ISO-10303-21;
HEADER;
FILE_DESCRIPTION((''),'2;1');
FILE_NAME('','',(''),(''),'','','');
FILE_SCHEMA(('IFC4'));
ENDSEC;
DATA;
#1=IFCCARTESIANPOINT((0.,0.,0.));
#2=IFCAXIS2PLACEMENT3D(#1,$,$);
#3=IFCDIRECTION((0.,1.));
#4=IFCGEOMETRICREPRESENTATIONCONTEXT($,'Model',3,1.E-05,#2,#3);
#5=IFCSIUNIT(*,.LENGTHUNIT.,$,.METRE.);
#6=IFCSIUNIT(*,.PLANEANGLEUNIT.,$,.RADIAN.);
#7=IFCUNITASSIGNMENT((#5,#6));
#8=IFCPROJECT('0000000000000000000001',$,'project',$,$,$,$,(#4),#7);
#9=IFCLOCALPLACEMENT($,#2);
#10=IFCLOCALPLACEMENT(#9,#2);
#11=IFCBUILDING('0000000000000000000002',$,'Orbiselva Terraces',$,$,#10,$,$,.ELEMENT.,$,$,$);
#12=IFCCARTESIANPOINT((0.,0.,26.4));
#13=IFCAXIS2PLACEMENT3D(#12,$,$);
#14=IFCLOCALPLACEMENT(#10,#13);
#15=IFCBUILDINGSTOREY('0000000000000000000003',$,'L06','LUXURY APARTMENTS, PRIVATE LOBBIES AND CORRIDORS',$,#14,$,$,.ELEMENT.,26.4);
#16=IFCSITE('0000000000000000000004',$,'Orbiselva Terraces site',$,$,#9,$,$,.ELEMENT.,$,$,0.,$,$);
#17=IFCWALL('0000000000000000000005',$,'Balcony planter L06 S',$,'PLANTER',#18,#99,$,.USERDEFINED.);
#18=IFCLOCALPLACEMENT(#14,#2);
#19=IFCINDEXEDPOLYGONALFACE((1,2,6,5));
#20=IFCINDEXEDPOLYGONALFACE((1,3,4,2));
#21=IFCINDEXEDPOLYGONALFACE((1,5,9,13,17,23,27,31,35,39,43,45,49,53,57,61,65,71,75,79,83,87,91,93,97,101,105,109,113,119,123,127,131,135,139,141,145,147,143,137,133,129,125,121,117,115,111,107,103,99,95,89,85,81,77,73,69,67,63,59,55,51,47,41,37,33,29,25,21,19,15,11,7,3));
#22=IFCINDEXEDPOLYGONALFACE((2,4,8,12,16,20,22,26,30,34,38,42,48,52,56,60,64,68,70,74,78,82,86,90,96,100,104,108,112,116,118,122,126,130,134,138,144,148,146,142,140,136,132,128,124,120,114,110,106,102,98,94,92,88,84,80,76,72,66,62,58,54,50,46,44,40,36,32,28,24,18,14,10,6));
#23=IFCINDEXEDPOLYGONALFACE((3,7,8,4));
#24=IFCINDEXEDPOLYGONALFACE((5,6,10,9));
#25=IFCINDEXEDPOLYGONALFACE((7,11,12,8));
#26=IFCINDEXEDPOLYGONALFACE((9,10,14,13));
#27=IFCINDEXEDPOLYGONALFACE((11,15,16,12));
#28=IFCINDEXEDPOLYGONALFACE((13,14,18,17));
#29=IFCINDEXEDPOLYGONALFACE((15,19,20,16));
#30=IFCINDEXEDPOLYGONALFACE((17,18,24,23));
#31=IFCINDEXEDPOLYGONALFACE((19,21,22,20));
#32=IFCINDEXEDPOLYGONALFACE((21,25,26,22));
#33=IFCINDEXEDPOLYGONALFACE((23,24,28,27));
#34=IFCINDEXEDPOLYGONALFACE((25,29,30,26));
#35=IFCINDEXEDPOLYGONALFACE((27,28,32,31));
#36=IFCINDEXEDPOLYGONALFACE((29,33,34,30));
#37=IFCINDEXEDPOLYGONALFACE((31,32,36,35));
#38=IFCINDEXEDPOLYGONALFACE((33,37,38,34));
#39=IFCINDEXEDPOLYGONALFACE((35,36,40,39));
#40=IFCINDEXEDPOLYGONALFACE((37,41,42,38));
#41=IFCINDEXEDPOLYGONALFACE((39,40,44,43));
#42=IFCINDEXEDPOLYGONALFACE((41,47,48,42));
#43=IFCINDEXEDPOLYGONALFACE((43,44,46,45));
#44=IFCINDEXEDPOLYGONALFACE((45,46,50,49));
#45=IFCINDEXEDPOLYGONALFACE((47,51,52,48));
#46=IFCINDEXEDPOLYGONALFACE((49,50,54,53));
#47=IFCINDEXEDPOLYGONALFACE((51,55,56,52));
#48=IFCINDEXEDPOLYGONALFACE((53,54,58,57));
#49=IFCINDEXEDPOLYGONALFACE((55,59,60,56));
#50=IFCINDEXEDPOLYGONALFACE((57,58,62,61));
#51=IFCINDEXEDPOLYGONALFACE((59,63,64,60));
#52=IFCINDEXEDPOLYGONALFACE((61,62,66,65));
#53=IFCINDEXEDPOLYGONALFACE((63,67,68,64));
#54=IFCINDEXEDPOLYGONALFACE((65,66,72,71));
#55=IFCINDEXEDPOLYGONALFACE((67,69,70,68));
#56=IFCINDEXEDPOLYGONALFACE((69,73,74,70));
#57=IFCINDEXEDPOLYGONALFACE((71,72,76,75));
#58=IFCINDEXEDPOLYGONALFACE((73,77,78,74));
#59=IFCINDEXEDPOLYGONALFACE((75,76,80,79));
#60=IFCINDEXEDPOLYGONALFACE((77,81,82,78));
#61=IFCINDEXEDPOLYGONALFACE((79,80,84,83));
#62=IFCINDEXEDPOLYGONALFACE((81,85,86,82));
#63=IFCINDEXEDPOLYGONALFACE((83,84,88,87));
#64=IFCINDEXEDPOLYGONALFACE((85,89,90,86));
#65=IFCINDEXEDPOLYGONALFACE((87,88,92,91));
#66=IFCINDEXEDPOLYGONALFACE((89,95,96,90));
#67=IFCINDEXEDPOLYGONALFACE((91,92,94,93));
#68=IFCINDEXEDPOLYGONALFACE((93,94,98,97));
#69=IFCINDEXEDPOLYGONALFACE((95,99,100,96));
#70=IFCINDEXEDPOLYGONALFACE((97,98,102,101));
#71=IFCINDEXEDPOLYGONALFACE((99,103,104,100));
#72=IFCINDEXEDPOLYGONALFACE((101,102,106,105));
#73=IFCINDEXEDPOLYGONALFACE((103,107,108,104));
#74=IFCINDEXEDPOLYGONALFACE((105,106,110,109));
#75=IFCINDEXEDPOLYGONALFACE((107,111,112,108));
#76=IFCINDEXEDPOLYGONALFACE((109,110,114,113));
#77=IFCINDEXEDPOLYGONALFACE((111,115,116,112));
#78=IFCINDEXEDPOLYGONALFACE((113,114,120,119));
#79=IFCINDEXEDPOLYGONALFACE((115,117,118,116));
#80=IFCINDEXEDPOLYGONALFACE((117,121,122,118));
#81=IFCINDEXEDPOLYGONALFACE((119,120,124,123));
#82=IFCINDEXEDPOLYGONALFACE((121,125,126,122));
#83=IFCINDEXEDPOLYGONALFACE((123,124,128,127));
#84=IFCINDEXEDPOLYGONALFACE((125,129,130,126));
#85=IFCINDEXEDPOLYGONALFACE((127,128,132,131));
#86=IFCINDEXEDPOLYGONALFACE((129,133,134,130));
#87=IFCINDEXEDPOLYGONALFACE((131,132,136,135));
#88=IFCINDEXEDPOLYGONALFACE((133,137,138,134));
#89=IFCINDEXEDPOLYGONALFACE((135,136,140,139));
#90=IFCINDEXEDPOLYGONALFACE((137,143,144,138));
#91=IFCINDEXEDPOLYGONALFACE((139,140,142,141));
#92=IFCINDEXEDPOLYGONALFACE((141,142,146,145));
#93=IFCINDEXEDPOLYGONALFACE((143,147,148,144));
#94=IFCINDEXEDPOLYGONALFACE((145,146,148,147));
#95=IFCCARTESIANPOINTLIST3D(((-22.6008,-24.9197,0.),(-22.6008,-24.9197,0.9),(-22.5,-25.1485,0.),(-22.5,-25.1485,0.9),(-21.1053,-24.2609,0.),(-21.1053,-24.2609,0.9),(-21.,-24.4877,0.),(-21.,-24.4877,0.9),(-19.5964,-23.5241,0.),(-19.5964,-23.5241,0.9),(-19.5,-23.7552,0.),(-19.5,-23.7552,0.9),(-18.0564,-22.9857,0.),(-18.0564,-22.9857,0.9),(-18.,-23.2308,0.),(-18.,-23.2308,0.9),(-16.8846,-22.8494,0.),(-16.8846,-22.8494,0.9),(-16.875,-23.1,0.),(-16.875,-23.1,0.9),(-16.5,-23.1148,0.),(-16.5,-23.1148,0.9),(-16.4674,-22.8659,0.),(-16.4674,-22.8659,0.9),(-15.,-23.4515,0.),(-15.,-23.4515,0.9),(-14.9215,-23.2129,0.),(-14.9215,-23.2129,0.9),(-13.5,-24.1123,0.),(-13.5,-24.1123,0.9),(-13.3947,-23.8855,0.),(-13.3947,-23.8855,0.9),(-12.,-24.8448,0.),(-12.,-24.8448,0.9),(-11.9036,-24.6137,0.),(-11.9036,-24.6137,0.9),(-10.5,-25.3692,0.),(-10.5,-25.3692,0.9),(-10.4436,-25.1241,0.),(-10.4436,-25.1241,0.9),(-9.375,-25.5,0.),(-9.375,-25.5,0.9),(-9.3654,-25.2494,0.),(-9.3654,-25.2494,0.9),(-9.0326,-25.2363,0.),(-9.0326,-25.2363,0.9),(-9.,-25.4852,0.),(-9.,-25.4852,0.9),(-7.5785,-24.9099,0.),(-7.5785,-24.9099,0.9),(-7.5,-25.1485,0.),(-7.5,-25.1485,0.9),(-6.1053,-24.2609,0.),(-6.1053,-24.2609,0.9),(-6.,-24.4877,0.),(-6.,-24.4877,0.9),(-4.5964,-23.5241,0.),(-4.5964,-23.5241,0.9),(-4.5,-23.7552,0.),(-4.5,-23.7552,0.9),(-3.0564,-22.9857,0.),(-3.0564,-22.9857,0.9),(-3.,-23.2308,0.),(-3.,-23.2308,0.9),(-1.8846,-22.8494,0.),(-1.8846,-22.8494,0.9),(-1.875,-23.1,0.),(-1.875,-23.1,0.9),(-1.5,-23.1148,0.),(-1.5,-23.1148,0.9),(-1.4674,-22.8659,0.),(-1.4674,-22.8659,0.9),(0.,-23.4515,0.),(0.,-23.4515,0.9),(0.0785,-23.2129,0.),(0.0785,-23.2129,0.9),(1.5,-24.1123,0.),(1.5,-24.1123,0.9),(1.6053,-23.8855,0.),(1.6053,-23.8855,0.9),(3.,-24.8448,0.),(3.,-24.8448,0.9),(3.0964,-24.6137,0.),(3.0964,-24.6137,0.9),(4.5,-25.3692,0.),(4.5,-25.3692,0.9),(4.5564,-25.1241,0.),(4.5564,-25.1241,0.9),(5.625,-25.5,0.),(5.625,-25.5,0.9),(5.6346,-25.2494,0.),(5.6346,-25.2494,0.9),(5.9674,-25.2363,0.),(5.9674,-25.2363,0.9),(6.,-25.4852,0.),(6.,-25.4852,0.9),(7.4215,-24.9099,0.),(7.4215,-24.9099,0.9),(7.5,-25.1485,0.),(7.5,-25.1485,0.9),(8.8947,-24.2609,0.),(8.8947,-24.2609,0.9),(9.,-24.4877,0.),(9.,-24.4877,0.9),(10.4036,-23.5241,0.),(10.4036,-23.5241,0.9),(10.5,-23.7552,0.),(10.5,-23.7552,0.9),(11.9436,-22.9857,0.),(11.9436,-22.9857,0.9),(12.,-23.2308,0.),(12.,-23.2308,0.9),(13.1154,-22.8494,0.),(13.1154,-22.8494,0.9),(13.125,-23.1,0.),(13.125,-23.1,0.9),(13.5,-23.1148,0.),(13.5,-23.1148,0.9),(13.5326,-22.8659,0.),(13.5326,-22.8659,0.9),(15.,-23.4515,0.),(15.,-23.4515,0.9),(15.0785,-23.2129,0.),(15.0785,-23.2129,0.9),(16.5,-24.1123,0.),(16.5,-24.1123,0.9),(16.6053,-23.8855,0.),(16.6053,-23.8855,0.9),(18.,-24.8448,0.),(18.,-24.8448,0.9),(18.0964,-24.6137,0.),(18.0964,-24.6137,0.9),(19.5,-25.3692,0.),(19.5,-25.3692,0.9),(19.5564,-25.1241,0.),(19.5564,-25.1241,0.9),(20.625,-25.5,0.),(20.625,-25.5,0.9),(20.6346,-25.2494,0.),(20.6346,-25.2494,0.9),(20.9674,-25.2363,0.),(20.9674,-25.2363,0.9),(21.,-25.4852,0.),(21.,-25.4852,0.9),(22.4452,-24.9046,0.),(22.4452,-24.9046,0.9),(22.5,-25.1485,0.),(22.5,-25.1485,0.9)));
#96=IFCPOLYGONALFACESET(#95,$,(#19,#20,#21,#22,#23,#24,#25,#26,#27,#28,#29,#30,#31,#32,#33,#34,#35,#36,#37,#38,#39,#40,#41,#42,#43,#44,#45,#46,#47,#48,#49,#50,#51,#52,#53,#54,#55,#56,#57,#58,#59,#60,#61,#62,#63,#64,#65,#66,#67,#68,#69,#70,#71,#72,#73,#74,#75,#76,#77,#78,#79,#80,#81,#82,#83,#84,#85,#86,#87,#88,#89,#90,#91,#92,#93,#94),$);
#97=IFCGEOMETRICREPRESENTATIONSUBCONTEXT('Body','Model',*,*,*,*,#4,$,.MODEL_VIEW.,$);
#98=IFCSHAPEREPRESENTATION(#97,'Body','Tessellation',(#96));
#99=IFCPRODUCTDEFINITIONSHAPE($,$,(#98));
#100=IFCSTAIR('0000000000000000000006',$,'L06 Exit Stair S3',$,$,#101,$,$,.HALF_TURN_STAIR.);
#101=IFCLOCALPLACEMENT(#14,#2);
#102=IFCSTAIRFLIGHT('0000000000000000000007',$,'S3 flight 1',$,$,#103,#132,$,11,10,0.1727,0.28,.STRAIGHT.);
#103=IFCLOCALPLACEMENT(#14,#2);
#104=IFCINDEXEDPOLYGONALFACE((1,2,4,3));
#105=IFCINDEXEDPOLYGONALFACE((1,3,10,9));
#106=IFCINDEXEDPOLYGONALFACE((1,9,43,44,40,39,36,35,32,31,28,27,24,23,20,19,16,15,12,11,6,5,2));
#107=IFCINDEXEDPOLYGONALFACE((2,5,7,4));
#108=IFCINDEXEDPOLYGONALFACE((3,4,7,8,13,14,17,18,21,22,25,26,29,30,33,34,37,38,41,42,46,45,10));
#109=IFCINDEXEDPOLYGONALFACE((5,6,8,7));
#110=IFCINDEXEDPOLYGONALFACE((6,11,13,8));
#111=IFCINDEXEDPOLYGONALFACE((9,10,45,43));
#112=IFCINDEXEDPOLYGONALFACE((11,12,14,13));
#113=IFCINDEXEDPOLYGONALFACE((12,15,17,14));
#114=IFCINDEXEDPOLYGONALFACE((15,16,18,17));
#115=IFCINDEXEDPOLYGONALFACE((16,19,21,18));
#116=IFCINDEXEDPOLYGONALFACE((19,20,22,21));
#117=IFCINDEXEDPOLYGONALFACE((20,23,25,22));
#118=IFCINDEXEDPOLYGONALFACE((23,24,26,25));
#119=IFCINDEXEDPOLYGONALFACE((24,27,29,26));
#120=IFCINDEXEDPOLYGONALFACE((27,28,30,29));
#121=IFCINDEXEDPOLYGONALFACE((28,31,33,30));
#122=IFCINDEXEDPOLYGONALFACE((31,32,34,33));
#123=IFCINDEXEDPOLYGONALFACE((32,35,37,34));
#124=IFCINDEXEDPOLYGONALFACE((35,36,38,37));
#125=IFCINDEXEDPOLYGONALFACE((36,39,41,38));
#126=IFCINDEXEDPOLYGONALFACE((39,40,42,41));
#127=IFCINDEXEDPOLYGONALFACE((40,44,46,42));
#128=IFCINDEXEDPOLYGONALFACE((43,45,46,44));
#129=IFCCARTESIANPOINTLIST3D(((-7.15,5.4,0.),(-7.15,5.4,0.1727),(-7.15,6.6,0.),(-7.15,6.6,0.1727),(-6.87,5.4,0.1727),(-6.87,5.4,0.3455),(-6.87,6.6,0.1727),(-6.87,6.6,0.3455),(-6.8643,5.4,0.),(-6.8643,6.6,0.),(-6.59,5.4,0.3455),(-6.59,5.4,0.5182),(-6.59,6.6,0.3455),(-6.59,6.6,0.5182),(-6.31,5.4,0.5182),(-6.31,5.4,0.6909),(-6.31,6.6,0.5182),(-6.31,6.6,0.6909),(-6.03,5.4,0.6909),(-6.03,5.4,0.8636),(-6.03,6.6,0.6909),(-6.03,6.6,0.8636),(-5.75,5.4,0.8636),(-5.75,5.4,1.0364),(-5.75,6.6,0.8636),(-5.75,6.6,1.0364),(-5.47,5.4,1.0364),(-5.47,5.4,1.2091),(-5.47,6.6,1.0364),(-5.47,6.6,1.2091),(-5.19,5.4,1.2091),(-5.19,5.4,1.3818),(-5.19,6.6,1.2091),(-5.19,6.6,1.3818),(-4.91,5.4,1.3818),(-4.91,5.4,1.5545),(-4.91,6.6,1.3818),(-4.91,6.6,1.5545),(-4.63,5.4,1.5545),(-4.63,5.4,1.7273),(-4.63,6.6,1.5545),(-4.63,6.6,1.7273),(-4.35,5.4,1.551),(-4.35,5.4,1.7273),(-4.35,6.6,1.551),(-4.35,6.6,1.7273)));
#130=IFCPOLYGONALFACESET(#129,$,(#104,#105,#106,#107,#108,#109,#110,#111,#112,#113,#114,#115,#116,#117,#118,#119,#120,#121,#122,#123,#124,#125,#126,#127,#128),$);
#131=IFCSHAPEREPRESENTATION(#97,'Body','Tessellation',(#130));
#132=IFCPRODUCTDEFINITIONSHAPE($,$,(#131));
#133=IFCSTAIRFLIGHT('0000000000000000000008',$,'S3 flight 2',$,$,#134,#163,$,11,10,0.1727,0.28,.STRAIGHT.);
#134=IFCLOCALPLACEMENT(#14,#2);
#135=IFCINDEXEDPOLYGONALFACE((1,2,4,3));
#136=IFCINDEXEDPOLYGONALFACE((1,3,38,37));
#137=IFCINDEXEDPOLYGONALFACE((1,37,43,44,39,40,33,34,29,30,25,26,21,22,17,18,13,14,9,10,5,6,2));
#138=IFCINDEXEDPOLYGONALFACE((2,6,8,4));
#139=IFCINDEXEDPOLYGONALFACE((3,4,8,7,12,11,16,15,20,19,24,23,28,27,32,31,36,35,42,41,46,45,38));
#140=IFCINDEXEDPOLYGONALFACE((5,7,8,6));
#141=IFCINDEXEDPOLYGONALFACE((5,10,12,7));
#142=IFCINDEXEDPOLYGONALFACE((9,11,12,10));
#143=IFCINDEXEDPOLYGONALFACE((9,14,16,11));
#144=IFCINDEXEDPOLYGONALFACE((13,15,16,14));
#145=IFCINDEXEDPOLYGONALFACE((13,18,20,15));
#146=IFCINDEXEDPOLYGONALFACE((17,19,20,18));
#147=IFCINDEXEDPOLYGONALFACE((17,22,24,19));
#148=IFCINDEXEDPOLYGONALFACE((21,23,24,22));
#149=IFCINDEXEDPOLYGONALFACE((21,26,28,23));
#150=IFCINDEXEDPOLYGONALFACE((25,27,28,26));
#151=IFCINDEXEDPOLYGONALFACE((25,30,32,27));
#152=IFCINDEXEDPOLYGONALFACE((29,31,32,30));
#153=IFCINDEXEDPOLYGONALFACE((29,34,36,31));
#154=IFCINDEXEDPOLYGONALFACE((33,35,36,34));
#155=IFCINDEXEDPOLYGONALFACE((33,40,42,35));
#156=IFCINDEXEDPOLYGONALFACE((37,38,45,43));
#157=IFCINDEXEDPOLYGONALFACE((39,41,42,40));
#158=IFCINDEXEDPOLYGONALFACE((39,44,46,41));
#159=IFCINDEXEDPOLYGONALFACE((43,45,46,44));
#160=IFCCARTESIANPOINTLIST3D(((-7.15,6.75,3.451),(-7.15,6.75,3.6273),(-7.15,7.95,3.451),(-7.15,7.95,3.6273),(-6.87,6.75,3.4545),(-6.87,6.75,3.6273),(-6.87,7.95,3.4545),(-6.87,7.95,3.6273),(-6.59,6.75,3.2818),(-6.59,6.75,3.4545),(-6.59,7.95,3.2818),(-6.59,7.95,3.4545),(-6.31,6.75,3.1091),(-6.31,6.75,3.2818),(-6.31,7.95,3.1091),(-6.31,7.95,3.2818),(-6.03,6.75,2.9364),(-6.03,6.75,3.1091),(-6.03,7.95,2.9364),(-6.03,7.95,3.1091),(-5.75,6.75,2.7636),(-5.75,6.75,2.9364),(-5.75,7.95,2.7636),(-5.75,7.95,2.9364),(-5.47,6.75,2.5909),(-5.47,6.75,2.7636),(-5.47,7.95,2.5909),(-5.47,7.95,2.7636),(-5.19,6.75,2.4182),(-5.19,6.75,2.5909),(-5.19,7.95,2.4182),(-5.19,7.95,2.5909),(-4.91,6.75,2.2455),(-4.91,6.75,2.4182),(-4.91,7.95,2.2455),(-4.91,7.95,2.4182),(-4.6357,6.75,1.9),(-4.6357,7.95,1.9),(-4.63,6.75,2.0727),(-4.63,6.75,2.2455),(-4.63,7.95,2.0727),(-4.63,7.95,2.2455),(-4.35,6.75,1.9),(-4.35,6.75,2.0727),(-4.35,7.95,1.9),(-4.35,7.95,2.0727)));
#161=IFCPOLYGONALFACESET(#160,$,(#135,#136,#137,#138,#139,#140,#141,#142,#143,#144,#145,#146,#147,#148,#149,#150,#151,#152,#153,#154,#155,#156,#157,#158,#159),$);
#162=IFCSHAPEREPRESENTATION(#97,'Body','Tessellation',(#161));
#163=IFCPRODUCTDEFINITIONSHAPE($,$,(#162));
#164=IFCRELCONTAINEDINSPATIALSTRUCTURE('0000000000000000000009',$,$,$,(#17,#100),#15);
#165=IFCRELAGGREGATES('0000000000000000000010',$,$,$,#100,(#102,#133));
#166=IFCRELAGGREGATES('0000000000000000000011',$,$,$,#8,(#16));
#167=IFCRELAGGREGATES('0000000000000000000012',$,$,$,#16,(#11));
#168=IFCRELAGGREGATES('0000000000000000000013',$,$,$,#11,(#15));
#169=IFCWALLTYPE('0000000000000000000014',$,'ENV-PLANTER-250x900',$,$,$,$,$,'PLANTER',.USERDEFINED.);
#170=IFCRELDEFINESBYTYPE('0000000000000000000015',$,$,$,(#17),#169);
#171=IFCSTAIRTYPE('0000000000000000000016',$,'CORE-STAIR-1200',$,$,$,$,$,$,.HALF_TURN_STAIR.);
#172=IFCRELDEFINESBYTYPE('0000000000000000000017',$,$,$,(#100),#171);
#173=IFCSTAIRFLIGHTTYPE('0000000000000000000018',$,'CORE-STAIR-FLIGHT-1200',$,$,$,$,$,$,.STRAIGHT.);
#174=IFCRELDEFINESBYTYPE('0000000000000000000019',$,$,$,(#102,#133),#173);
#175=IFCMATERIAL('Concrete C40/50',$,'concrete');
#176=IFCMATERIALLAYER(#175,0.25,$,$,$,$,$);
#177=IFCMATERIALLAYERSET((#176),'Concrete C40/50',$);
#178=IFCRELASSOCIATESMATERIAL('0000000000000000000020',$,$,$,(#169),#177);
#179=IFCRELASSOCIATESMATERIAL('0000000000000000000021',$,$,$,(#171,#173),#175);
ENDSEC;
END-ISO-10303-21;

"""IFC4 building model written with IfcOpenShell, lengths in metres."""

from ifc_helpers import new_model, si_unit, direction, frame, origin, place, context, subcontext, project, spatial, polyline, outline, extrude, material, layer, layer_set, type_object, element, aggregate, save


model = new_model("IFC4")

# Units and contexts
model_context = context("Model", 3, precision=1e-05, world=origin(), true_north=direction((0.0, 1.0)))
body_context = subcontext(model_context, "Body", "Model", "MODEL_VIEW")
ifc_project = project(units=[si_unit("LENGTHUNIT", "METRE"), si_unit("PLANEANGLEUNIT", "RADIAN")], contexts=[model_context])

# Site, building, storey
site_placement = place(None, origin())
site = spatial("IfcSite", under=ifc_project, at=site_placement, Name="Orbiselva Terraces site", CompositionType="ELEMENT", RefElevation=0.0)
building_placement = place(site_placement, origin())
building = spatial("IfcBuilding", under=site, at=building_placement, Name="Orbiselva Terraces", CompositionType="ELEMENT")
storey_placement = place(building_placement, frame((0.0, 0.0, 26.4)))
storey = spatial("IfcBuildingStorey", under=building, at=storey_placement, Name="L06", Description="LUXURY APARTMENTS, PRIVATE LOBBIES AND CORRIDORS", CompositionType="ELEMENT", Elevation=26.4)

# Wall
ifc_material_1 = material(Name="Concrete C40/50", Category="concrete")
ifc_layer_1 = layer(ifc_material_1, 0.25)
ifc_layer_set_1 = layer_set([ifc_layer_1], Name="Concrete C40/50")
wall_type_1 = type_object("IfcWallType", Name="ENV-PLANTER-250x900", ElementType="PLANTER", PredefinedType="USERDEFINED", material=ifc_layer_set_1)
wall_1_placement = place(storey_placement, origin())
element("IfcWall", 1, at=wall_1_placement, inside=storey, type_object=wall_type_1, Name="Balcony planter L06 S", ObjectType="PLANTER", PredefinedType="USERDEFINED", context=body_context, shape_type="SweptSolid", body=[
    extrude(outline(polyline([(-22.5, -25.1485), (-21.0, -24.4877), (-19.5, -23.7552), (-18.0, -23.2308), (-16.875, -23.1), (-16.5, -23.1148), (-15.0, -23.4515), (-13.5, -24.1123), (-12.0, -24.8448), (-10.5, -25.3692), (-9.375, -25.5), (-9.0, -25.4852), (-7.5, -25.1485), (-6.0, -24.4877), (-4.5, -23.7552), (-3.0, -23.2308), (-1.875, -23.1), (-1.5, -23.1148), (0.0, -23.4515), (1.5, -24.1123), (3.0, -24.8448), (4.5, -25.3692), (5.625, -25.5), (6.0, -25.4852), (7.5, -25.1485), (9.0, -24.4877), (10.5, -23.7552), (12.0, -23.2308), (13.125, -23.1), (13.5, -23.1148), (15.0, -23.4515), (16.5, -24.1123), (18.0, -24.8448), (19.5, -25.3692), (20.625, -25.5), (21.0, -25.4852), (22.5, -25.1485), (22.4452, -24.9046), (20.9674, -25.2363), (20.6346, -25.2494), (19.5564, -25.1241), (18.0964, -24.6137), (16.6053, -23.8855), (15.0785, -23.2129), (13.5326, -22.8659), (13.1154, -22.8494), (11.9436, -22.9857), (10.4036, -23.5241), (8.8947, -24.2609), (7.4215, -24.9099), (5.9674, -25.2363), (5.6346, -25.2494), (4.5564, -25.1241), (3.0964, -24.6137), (1.6053, -23.8855), (0.0785, -23.2129), (-1.4674, -22.8659), (-1.8846, -22.8494), (-3.0564, -22.9857), (-4.5964, -23.5241), (-6.1053, -24.2609), (-7.5785, -24.9099), (-9.0326, -25.2363), (-9.3654, -25.2494), (-10.4436, -25.1241), (-11.9036, -24.6137), (-13.3947, -23.8855), (-14.9215, -23.2129), (-16.4674, -22.8659), (-16.8846, -22.8494), (-18.0564, -22.9857), (-19.5964, -23.5241), (-21.1053, -24.2609), (-22.6008, -24.9197), (-22.5, -25.1485)])), origin(), (0.0, 0.0, 1.0), 0.9),
])

# Stair, stair flights
stair_type = type_object("IfcStairType", Name="CORE-STAIR-1200", PredefinedType="HALF_TURN_STAIR", material=ifc_material_1)
stair_placement = place(storey_placement, origin())
stair = element("IfcStair", 2, at=stair_placement, inside=storey, type_object=stair_type, Name="L06 Exit Stair S3", PredefinedType="HALF_TURN_STAIR")
stair_flight_type = type_object("IfcStairFlightType", Name="CORE-STAIR-FLIGHT-1200", PredefinedType="STRAIGHT", material=ifc_material_1)
stair_flight_1_placement = place(storey_placement, frame((-7.15, 6.0, 0.0), z_axis=(0.0, 0.0, 1.0), x_axis=(1.0, 0.0, 0.0)))
stair_flight_1 = element("IfcStairFlight", 3, at=stair_flight_1_placement, type_object=stair_flight_type, Name="S3 flight 1", NumberOfRisers=11, NumberOfTreads=10, PredefinedType="STRAIGHT", RiserHeight=0.1727, TreadLength=0.28, context=body_context, shape_type="SweptSolid", body=[
    extrude(outline(polyline([(0.0, 0.0), (0.0, 0.1727), (0.28, 0.1727), (0.28, 0.3455), (0.56, 0.3455), (0.56, 0.5182), (0.84, 0.5182), (0.84, 0.6909), (1.12, 0.6909), (1.12, 0.8636), (1.4, 0.8636), (1.4, 1.0364), (1.68, 1.0364), (1.68, 1.2091), (1.96, 1.2091), (1.96, 1.3818), (2.24, 1.3818), (2.24, 1.5545), (2.52, 1.5545), (2.52, 1.7273), (2.8, 1.7273), (2.8, 1.9), (2.8, 1.551), (0.2857, 0.0), (0.0, 0.0)])), frame((0.0, 0.6, 0.0), z_axis=(0.0, -1.0, 0.0), x_axis=(1.0, 0.0, 0.0)), (0.0, 0.0, 1.0), 1.2),
])
stair_flight_2_placement = place(storey_placement, frame((-4.35, 7.35, 1.9), z_axis=(0.0, 0.0, 1.0), x_axis=(-1.0, 0.0, 0.0)))
stair_flight_2 = element("IfcStairFlight", 4, at=stair_flight_2_placement, type_object=stair_flight_type, Name="S3 flight 2", NumberOfRisers=11, NumberOfTreads=10, PredefinedType="STRAIGHT", RiserHeight=0.1727, TreadLength=0.28, context=body_context, shape_type="SweptSolid", body=[
    extrude(outline(polyline([(0.0, 0.0), (0.0, 0.1727), (0.28, 0.1727), (0.28, 0.3455), (0.56, 0.3455), (0.56, 0.5182), (0.84, 0.5182), (0.84, 0.6909), (1.12, 0.6909), (1.12, 0.8636), (1.4, 0.8636), (1.4, 1.0364), (1.68, 1.0364), (1.68, 1.2091), (1.96, 1.2091), (1.96, 1.3818), (2.24, 1.3818), (2.24, 1.5545), (2.52, 1.5545), (2.52, 1.7273), (2.8, 1.7273), (2.8, 1.9), (2.8, 1.551), (0.2857, 0.0), (0.0, 0.0)])), frame((0.0, 0.6, 0.0), z_axis=(0.0, -1.0, 0.0), x_axis=(1.0, 0.0, 0.0)), (0.0, 0.0, 1.0), 1.2),
])
aggregate(stair, [stair_flight_1, stair_flight_2])

save(model, "model.ifc")
